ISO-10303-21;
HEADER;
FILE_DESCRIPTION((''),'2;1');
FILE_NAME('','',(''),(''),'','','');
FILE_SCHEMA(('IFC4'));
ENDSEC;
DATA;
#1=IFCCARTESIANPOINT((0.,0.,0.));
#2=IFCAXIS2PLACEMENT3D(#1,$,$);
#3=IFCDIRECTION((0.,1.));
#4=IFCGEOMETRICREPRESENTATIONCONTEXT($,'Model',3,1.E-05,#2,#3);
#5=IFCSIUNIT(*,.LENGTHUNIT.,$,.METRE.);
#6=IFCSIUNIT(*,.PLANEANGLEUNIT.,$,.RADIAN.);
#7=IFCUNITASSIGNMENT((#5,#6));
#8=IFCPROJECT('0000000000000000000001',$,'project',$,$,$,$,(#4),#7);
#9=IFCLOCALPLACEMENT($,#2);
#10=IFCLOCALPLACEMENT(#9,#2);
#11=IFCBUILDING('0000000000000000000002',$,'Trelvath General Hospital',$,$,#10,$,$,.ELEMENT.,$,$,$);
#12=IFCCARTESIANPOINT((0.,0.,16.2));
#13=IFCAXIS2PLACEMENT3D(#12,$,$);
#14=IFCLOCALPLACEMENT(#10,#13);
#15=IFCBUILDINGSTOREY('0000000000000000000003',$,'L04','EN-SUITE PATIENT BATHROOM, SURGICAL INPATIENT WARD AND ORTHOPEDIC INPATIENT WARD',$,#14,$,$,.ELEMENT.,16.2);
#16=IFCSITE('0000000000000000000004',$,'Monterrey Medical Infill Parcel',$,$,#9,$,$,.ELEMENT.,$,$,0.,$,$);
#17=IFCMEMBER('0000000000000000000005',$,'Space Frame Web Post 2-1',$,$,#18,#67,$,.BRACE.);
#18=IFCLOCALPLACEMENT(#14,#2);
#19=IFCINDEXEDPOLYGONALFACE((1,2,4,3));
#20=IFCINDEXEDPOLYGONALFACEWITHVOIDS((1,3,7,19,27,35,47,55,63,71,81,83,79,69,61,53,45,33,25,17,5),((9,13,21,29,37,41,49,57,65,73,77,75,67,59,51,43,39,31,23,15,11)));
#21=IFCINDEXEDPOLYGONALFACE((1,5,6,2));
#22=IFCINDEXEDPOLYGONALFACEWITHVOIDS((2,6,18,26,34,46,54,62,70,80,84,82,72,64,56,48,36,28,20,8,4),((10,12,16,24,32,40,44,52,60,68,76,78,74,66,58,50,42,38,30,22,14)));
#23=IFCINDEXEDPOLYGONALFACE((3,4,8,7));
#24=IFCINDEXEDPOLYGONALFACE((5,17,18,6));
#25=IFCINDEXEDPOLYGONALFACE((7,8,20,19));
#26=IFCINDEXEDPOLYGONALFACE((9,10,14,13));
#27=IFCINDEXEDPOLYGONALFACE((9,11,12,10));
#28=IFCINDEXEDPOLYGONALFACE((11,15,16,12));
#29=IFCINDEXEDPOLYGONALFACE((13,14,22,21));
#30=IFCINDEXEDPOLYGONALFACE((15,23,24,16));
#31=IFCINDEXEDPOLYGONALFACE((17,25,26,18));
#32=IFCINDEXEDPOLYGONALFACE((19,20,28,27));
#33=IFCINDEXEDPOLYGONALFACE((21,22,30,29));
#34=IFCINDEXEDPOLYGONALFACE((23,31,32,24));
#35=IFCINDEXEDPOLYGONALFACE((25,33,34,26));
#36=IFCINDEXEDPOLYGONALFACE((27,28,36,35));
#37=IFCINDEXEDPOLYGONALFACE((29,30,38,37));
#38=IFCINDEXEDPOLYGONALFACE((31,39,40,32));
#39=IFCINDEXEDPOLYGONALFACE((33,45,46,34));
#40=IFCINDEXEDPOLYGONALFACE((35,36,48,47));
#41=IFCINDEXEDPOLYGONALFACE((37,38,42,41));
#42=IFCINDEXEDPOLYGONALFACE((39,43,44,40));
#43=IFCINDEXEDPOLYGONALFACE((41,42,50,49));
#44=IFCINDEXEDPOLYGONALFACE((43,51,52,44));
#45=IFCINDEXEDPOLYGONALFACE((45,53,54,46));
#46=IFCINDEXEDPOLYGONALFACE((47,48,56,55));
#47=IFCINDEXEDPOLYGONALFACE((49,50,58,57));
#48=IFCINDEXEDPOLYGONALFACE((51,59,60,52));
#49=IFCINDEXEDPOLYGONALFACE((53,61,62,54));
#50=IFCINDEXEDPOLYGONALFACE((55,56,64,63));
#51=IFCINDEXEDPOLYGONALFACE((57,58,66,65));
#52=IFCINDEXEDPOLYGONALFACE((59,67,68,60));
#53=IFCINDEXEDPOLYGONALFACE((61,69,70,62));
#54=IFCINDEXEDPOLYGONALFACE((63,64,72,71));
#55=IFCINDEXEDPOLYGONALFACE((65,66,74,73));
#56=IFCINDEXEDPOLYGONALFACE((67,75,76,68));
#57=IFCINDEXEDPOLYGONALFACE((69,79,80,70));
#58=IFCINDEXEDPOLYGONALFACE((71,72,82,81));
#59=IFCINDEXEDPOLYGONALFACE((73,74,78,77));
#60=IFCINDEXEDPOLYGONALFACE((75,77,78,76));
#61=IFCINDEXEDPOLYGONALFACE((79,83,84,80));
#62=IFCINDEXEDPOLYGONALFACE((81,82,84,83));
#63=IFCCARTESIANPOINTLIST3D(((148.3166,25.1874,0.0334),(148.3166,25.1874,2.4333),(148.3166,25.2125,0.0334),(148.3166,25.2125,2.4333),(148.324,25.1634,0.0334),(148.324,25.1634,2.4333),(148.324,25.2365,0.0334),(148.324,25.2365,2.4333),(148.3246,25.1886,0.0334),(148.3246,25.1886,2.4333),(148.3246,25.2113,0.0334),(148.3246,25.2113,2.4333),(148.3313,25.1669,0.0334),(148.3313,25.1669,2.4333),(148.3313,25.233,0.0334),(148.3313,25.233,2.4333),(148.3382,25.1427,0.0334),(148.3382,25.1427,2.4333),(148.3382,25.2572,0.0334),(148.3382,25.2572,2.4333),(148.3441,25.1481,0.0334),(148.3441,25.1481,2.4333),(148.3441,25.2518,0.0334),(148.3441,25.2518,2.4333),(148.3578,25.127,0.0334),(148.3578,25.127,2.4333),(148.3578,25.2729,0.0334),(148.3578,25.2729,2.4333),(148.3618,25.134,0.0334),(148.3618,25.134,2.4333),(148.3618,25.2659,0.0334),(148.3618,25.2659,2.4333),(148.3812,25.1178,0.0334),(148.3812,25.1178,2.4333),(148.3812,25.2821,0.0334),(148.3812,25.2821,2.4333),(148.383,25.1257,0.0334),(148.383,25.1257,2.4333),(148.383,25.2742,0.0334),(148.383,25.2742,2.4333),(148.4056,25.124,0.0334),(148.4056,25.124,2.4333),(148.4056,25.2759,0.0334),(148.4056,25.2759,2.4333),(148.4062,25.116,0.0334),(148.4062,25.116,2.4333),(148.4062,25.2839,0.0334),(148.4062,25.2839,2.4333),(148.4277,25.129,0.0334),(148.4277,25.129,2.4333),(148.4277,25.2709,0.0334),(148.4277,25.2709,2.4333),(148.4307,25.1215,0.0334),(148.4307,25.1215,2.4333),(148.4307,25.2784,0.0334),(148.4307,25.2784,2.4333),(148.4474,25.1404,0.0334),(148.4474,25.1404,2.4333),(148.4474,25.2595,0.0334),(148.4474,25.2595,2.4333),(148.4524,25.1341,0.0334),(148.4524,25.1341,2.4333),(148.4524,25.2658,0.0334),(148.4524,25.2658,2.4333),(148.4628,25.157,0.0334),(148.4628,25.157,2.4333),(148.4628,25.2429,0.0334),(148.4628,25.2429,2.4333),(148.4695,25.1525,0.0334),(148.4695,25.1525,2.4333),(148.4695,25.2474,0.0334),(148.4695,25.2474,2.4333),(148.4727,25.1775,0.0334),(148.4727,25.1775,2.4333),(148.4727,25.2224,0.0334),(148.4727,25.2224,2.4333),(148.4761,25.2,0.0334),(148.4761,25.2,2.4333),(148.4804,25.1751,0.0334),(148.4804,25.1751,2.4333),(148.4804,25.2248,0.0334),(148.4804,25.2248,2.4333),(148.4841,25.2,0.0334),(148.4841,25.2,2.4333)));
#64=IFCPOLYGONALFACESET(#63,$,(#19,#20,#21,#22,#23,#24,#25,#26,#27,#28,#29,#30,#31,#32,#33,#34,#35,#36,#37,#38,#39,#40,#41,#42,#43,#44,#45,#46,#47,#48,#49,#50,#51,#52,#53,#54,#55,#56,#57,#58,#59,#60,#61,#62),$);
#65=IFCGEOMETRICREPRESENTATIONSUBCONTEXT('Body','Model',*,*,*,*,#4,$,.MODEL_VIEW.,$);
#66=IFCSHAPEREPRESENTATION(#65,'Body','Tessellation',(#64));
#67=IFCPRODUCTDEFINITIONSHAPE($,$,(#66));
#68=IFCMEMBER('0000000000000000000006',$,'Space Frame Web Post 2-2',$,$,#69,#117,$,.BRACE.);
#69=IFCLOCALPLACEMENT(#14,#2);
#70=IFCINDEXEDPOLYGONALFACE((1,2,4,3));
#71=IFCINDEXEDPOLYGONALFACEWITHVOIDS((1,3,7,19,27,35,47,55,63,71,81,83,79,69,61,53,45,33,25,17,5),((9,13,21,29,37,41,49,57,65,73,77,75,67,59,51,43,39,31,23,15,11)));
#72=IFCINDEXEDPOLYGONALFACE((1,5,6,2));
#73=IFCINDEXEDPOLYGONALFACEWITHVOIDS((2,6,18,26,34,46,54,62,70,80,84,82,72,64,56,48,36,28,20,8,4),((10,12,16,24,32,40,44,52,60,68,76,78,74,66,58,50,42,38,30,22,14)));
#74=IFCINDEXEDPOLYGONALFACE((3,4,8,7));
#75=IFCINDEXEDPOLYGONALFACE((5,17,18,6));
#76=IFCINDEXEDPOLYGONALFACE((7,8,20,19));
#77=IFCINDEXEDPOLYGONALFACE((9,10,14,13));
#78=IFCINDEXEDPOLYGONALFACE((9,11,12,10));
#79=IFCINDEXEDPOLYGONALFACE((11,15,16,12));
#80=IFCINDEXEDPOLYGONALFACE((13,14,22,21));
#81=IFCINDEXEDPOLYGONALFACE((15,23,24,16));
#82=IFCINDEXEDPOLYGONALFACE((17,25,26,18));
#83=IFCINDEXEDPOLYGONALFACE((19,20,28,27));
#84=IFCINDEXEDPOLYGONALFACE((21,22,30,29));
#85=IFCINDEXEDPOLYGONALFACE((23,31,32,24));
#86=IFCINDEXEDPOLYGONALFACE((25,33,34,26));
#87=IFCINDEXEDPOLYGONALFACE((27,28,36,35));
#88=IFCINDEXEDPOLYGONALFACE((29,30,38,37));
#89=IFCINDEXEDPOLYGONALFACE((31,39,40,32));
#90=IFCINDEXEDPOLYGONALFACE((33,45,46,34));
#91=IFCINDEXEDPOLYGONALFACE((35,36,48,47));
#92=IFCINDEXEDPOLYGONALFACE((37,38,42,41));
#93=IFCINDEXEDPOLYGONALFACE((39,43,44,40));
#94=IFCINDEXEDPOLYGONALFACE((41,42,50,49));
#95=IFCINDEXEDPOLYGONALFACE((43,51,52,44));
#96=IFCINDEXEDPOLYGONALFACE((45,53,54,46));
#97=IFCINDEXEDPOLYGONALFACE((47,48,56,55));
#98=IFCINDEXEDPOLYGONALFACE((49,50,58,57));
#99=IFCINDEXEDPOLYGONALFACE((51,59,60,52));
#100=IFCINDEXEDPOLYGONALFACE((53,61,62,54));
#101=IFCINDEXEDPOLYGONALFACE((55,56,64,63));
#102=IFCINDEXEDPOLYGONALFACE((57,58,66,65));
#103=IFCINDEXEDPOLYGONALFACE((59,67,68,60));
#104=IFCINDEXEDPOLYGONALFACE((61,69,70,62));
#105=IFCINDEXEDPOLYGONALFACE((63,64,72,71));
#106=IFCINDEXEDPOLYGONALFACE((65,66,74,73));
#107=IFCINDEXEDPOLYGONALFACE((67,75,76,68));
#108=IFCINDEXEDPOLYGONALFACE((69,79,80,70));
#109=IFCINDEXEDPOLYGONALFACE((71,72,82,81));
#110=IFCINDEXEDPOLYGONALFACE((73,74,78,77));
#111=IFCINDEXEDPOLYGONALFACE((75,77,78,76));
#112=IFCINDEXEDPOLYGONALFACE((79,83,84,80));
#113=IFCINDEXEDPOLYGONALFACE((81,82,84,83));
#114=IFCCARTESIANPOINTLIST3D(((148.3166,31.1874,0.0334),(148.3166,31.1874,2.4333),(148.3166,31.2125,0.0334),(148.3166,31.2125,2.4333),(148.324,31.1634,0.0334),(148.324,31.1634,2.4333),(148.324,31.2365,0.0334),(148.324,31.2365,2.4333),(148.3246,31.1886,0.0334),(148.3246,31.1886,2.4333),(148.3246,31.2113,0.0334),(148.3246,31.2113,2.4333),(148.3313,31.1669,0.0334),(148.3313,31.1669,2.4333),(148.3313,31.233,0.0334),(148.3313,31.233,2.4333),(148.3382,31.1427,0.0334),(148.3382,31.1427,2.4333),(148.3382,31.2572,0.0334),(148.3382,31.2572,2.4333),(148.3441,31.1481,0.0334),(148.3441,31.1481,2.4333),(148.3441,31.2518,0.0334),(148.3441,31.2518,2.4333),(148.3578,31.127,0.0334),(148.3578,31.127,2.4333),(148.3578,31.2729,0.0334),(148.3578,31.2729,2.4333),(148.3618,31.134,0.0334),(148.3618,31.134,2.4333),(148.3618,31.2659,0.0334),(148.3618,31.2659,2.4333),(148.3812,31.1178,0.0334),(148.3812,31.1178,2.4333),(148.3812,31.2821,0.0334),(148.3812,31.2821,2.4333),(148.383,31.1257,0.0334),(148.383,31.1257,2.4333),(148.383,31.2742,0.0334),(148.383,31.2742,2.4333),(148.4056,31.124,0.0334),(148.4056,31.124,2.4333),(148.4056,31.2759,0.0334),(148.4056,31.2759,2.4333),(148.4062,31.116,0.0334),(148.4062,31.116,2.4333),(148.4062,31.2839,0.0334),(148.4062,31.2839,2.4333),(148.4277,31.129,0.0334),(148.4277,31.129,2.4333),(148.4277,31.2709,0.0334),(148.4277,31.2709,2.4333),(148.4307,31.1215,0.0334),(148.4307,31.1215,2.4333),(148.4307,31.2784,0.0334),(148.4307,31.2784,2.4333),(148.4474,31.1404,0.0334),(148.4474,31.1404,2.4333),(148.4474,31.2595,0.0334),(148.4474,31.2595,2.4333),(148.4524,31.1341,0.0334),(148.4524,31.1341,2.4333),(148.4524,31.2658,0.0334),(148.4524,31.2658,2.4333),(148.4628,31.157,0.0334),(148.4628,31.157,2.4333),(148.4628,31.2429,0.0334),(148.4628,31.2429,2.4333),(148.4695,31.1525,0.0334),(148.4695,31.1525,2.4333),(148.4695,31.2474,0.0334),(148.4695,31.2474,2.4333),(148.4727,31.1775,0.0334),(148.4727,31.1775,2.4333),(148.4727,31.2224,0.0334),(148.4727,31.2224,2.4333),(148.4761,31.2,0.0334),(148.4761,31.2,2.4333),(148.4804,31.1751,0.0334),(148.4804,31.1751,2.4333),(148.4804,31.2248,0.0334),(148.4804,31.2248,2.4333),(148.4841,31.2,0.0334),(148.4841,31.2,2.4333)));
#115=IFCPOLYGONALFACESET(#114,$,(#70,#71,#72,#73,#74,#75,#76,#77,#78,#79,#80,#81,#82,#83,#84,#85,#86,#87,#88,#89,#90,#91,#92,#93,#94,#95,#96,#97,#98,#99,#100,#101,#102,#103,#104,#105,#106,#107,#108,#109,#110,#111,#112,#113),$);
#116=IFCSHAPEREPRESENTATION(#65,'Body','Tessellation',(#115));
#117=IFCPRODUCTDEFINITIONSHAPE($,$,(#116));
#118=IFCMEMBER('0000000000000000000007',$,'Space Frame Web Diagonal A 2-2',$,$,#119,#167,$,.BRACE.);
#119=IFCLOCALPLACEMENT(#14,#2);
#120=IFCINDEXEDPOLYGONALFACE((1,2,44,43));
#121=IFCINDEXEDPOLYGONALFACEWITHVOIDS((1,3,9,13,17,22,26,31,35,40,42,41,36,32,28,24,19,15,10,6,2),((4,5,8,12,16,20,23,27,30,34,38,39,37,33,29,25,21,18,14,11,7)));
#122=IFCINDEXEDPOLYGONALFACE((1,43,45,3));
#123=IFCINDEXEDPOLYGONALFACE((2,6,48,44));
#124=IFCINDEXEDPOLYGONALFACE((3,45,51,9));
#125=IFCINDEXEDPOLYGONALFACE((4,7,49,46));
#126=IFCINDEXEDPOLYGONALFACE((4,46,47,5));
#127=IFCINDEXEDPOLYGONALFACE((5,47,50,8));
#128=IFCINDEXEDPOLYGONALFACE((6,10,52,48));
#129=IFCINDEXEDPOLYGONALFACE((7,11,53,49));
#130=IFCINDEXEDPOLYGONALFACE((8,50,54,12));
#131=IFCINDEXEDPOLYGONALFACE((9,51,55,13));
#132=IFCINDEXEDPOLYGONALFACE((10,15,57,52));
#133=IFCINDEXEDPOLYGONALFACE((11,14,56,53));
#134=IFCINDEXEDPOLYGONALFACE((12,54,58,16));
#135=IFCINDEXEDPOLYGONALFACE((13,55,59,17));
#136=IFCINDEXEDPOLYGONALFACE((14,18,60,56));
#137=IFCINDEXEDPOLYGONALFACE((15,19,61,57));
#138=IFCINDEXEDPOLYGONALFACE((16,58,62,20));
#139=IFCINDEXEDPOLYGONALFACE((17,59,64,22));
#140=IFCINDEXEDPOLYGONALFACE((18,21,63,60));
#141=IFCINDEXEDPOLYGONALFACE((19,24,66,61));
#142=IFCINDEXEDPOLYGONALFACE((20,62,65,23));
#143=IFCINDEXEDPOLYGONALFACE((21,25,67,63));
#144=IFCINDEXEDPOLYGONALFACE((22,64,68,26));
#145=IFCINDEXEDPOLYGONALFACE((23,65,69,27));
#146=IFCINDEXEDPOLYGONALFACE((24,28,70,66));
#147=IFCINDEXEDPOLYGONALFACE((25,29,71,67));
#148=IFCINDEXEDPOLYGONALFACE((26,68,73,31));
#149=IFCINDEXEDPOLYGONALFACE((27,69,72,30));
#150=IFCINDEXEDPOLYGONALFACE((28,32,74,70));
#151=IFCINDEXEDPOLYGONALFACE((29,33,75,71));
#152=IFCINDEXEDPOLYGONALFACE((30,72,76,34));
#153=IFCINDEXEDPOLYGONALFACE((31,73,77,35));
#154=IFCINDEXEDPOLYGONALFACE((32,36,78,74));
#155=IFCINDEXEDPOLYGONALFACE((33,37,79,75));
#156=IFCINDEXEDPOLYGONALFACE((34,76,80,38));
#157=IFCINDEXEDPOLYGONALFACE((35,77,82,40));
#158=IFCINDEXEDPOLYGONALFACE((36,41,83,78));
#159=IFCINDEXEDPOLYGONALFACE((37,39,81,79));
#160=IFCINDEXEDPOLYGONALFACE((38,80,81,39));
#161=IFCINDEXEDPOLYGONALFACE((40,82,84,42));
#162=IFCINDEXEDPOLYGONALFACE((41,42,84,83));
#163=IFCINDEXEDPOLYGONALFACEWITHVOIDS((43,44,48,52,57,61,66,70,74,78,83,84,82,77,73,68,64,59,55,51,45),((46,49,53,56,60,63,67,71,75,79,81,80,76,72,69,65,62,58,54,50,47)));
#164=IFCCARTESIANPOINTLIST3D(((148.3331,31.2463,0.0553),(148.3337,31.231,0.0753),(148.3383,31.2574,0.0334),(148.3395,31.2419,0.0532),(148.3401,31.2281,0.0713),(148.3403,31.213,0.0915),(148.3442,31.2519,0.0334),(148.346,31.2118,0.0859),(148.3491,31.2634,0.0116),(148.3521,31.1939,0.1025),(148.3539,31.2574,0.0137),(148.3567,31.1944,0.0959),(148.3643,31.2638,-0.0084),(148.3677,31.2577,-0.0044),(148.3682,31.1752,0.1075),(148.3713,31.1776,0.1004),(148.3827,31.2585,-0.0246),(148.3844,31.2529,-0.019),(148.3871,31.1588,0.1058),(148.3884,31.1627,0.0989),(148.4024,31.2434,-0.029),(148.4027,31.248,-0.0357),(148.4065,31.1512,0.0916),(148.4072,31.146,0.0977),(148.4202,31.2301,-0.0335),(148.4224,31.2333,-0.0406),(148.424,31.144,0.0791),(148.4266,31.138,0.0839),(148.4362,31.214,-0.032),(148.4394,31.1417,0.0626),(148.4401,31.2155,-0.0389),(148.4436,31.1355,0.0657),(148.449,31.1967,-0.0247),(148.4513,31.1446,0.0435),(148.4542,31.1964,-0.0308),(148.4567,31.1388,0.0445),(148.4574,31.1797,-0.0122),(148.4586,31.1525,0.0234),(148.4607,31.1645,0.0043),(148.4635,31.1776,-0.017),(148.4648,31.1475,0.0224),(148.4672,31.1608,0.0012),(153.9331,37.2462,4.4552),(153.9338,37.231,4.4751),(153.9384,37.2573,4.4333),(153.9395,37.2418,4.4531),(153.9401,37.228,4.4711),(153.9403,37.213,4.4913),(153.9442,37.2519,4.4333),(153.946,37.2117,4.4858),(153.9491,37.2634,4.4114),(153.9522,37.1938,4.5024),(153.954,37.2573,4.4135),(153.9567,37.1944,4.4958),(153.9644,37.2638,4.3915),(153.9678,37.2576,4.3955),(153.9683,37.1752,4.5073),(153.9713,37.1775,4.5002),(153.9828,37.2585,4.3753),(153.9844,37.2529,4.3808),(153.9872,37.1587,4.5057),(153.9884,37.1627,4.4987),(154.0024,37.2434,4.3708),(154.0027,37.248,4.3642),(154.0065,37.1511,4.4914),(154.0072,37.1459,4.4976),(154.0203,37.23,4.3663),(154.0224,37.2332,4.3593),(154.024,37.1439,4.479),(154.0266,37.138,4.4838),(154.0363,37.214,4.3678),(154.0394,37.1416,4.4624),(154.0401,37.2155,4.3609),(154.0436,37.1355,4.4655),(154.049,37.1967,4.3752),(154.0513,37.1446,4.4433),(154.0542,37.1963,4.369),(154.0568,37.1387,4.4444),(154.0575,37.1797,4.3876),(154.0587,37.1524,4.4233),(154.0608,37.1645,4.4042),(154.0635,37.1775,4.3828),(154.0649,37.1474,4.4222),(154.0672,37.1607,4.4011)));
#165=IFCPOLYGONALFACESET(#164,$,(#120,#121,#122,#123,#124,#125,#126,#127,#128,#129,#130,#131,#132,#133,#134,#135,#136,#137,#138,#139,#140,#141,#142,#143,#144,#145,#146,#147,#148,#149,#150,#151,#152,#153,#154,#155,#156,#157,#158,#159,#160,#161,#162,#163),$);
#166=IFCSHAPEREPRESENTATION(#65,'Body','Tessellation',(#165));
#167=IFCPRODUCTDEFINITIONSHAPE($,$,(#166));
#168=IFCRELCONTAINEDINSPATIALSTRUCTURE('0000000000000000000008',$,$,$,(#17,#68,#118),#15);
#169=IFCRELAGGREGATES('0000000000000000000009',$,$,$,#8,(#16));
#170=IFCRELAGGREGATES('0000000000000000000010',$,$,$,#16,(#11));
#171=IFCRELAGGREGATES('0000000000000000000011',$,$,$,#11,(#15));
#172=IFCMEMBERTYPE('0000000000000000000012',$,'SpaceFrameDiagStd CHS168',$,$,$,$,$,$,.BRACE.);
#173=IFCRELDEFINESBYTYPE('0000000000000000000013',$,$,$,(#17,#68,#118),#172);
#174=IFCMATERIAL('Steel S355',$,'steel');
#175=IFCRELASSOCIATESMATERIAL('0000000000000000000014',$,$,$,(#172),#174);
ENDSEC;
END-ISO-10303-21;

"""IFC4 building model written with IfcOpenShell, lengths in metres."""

from ifc_helpers import new_model, si_unit, direction, frame, origin, origin_2d, place, context, subcontext, project, spatial, hollow_circle, extrude, material, material_profile, profile_set, type_object, element, save


model = new_model("IFC4")

# Units and contexts
model_context = context("Model", 3, precision=1e-05, world=origin(), true_north=direction((0.0, 1.0)))
body_context = subcontext(model_context, "Body", "Model", "MODEL_VIEW")
ifc_project = project(units=[si_unit("LENGTHUNIT", "METRE"), si_unit("PLANEANGLEUNIT", "RADIAN")], contexts=[model_context])

# Site, building, storey
site_placement = place(None, origin())
site = spatial("IfcSite", under=ifc_project, at=site_placement, Name="Monterrey Medical Infill Parcel", CompositionType="ELEMENT", RefElevation=0.0)
building_placement = place(site_placement, origin())
building = spatial("IfcBuilding", under=site, at=building_placement, Name="Trelvath General Hospital", CompositionType="ELEMENT")
storey_placement = place(building_placement, frame((0.0, 0.0, 16.2)))
storey = spatial("IfcBuildingStorey", under=building, at=storey_placement, Name="L04", Description="EN-SUITE PATIENT BATHROOM, SURGICAL INPATIENT WARD AND ORTHOPEDIC INPATIENT WARD", CompositionType="ELEMENT", Elevation=16.2)

# Members
ifc_material_1 = material(Name="Steel S355", Category="steel")
ifc_material_profile_1 = material_profile(ifc_material_1, hollow_circle(Radius=0.0842, WallThickness=0.0081, at=origin_2d()), Name="CHS168.3x8.0")
ifc_profile_set_1 = profile_set([ifc_material_profile_1], Name="Steel S355")
member_type_1 = type_object("IfcMemberType", Name="SpaceFrameDiagStd CHS168", PredefinedType="BRACE", material=ifc_profile_set_1)
for number, where, z_axis, x_axis, name in (
    (1, (148.3999, 25.2, 0.0334), (0.0, 0.0, 1.0), (1.0, 0.0, 0.0), "Space Frame Web Post 2-1"),
    (2, (148.3999, 31.2, 0.0334), (0.0, 0.0, 1.0), (1.0, 0.0, 0.0), "Space Frame Web Post 2-2"),
):
    element("IfcMember", number, at=place(storey_placement, frame(where, z_axis=z_axis, x_axis=x_axis)), inside=storey, type_object=member_type_1, Name=name, PredefinedType="BRACE", context=body_context, shape_type="SweptSolid", body=[
        extrude(hollow_circle(Radius=0.0842, WallThickness=0.0081, at=origin_2d()), origin(), (0.0, 0.0, 1.0), 2.3999),
    ])
member_1_placement = place(storey_placement, frame((148.3999, 31.2, 0.0334), z_axis=(0.601361, 0.644304, 0.472479), x_axis=(-0.731049, 0.682325, 0.0)))
element("IfcMember", 3, at=member_1_placement, inside=storey, type_object=member_type_1, Name="Space Frame Web Diagonal A 2-2", PredefinedType="BRACE", context=body_context, shape_type="SweptSolid", body=[
    extrude(hollow_circle(Radius=0.0842, WallThickness=0.0081, at=origin_2d()), origin(), (0.0, 0.0, 1.0), 9.3123),
])

save(model, "model.ifc")
